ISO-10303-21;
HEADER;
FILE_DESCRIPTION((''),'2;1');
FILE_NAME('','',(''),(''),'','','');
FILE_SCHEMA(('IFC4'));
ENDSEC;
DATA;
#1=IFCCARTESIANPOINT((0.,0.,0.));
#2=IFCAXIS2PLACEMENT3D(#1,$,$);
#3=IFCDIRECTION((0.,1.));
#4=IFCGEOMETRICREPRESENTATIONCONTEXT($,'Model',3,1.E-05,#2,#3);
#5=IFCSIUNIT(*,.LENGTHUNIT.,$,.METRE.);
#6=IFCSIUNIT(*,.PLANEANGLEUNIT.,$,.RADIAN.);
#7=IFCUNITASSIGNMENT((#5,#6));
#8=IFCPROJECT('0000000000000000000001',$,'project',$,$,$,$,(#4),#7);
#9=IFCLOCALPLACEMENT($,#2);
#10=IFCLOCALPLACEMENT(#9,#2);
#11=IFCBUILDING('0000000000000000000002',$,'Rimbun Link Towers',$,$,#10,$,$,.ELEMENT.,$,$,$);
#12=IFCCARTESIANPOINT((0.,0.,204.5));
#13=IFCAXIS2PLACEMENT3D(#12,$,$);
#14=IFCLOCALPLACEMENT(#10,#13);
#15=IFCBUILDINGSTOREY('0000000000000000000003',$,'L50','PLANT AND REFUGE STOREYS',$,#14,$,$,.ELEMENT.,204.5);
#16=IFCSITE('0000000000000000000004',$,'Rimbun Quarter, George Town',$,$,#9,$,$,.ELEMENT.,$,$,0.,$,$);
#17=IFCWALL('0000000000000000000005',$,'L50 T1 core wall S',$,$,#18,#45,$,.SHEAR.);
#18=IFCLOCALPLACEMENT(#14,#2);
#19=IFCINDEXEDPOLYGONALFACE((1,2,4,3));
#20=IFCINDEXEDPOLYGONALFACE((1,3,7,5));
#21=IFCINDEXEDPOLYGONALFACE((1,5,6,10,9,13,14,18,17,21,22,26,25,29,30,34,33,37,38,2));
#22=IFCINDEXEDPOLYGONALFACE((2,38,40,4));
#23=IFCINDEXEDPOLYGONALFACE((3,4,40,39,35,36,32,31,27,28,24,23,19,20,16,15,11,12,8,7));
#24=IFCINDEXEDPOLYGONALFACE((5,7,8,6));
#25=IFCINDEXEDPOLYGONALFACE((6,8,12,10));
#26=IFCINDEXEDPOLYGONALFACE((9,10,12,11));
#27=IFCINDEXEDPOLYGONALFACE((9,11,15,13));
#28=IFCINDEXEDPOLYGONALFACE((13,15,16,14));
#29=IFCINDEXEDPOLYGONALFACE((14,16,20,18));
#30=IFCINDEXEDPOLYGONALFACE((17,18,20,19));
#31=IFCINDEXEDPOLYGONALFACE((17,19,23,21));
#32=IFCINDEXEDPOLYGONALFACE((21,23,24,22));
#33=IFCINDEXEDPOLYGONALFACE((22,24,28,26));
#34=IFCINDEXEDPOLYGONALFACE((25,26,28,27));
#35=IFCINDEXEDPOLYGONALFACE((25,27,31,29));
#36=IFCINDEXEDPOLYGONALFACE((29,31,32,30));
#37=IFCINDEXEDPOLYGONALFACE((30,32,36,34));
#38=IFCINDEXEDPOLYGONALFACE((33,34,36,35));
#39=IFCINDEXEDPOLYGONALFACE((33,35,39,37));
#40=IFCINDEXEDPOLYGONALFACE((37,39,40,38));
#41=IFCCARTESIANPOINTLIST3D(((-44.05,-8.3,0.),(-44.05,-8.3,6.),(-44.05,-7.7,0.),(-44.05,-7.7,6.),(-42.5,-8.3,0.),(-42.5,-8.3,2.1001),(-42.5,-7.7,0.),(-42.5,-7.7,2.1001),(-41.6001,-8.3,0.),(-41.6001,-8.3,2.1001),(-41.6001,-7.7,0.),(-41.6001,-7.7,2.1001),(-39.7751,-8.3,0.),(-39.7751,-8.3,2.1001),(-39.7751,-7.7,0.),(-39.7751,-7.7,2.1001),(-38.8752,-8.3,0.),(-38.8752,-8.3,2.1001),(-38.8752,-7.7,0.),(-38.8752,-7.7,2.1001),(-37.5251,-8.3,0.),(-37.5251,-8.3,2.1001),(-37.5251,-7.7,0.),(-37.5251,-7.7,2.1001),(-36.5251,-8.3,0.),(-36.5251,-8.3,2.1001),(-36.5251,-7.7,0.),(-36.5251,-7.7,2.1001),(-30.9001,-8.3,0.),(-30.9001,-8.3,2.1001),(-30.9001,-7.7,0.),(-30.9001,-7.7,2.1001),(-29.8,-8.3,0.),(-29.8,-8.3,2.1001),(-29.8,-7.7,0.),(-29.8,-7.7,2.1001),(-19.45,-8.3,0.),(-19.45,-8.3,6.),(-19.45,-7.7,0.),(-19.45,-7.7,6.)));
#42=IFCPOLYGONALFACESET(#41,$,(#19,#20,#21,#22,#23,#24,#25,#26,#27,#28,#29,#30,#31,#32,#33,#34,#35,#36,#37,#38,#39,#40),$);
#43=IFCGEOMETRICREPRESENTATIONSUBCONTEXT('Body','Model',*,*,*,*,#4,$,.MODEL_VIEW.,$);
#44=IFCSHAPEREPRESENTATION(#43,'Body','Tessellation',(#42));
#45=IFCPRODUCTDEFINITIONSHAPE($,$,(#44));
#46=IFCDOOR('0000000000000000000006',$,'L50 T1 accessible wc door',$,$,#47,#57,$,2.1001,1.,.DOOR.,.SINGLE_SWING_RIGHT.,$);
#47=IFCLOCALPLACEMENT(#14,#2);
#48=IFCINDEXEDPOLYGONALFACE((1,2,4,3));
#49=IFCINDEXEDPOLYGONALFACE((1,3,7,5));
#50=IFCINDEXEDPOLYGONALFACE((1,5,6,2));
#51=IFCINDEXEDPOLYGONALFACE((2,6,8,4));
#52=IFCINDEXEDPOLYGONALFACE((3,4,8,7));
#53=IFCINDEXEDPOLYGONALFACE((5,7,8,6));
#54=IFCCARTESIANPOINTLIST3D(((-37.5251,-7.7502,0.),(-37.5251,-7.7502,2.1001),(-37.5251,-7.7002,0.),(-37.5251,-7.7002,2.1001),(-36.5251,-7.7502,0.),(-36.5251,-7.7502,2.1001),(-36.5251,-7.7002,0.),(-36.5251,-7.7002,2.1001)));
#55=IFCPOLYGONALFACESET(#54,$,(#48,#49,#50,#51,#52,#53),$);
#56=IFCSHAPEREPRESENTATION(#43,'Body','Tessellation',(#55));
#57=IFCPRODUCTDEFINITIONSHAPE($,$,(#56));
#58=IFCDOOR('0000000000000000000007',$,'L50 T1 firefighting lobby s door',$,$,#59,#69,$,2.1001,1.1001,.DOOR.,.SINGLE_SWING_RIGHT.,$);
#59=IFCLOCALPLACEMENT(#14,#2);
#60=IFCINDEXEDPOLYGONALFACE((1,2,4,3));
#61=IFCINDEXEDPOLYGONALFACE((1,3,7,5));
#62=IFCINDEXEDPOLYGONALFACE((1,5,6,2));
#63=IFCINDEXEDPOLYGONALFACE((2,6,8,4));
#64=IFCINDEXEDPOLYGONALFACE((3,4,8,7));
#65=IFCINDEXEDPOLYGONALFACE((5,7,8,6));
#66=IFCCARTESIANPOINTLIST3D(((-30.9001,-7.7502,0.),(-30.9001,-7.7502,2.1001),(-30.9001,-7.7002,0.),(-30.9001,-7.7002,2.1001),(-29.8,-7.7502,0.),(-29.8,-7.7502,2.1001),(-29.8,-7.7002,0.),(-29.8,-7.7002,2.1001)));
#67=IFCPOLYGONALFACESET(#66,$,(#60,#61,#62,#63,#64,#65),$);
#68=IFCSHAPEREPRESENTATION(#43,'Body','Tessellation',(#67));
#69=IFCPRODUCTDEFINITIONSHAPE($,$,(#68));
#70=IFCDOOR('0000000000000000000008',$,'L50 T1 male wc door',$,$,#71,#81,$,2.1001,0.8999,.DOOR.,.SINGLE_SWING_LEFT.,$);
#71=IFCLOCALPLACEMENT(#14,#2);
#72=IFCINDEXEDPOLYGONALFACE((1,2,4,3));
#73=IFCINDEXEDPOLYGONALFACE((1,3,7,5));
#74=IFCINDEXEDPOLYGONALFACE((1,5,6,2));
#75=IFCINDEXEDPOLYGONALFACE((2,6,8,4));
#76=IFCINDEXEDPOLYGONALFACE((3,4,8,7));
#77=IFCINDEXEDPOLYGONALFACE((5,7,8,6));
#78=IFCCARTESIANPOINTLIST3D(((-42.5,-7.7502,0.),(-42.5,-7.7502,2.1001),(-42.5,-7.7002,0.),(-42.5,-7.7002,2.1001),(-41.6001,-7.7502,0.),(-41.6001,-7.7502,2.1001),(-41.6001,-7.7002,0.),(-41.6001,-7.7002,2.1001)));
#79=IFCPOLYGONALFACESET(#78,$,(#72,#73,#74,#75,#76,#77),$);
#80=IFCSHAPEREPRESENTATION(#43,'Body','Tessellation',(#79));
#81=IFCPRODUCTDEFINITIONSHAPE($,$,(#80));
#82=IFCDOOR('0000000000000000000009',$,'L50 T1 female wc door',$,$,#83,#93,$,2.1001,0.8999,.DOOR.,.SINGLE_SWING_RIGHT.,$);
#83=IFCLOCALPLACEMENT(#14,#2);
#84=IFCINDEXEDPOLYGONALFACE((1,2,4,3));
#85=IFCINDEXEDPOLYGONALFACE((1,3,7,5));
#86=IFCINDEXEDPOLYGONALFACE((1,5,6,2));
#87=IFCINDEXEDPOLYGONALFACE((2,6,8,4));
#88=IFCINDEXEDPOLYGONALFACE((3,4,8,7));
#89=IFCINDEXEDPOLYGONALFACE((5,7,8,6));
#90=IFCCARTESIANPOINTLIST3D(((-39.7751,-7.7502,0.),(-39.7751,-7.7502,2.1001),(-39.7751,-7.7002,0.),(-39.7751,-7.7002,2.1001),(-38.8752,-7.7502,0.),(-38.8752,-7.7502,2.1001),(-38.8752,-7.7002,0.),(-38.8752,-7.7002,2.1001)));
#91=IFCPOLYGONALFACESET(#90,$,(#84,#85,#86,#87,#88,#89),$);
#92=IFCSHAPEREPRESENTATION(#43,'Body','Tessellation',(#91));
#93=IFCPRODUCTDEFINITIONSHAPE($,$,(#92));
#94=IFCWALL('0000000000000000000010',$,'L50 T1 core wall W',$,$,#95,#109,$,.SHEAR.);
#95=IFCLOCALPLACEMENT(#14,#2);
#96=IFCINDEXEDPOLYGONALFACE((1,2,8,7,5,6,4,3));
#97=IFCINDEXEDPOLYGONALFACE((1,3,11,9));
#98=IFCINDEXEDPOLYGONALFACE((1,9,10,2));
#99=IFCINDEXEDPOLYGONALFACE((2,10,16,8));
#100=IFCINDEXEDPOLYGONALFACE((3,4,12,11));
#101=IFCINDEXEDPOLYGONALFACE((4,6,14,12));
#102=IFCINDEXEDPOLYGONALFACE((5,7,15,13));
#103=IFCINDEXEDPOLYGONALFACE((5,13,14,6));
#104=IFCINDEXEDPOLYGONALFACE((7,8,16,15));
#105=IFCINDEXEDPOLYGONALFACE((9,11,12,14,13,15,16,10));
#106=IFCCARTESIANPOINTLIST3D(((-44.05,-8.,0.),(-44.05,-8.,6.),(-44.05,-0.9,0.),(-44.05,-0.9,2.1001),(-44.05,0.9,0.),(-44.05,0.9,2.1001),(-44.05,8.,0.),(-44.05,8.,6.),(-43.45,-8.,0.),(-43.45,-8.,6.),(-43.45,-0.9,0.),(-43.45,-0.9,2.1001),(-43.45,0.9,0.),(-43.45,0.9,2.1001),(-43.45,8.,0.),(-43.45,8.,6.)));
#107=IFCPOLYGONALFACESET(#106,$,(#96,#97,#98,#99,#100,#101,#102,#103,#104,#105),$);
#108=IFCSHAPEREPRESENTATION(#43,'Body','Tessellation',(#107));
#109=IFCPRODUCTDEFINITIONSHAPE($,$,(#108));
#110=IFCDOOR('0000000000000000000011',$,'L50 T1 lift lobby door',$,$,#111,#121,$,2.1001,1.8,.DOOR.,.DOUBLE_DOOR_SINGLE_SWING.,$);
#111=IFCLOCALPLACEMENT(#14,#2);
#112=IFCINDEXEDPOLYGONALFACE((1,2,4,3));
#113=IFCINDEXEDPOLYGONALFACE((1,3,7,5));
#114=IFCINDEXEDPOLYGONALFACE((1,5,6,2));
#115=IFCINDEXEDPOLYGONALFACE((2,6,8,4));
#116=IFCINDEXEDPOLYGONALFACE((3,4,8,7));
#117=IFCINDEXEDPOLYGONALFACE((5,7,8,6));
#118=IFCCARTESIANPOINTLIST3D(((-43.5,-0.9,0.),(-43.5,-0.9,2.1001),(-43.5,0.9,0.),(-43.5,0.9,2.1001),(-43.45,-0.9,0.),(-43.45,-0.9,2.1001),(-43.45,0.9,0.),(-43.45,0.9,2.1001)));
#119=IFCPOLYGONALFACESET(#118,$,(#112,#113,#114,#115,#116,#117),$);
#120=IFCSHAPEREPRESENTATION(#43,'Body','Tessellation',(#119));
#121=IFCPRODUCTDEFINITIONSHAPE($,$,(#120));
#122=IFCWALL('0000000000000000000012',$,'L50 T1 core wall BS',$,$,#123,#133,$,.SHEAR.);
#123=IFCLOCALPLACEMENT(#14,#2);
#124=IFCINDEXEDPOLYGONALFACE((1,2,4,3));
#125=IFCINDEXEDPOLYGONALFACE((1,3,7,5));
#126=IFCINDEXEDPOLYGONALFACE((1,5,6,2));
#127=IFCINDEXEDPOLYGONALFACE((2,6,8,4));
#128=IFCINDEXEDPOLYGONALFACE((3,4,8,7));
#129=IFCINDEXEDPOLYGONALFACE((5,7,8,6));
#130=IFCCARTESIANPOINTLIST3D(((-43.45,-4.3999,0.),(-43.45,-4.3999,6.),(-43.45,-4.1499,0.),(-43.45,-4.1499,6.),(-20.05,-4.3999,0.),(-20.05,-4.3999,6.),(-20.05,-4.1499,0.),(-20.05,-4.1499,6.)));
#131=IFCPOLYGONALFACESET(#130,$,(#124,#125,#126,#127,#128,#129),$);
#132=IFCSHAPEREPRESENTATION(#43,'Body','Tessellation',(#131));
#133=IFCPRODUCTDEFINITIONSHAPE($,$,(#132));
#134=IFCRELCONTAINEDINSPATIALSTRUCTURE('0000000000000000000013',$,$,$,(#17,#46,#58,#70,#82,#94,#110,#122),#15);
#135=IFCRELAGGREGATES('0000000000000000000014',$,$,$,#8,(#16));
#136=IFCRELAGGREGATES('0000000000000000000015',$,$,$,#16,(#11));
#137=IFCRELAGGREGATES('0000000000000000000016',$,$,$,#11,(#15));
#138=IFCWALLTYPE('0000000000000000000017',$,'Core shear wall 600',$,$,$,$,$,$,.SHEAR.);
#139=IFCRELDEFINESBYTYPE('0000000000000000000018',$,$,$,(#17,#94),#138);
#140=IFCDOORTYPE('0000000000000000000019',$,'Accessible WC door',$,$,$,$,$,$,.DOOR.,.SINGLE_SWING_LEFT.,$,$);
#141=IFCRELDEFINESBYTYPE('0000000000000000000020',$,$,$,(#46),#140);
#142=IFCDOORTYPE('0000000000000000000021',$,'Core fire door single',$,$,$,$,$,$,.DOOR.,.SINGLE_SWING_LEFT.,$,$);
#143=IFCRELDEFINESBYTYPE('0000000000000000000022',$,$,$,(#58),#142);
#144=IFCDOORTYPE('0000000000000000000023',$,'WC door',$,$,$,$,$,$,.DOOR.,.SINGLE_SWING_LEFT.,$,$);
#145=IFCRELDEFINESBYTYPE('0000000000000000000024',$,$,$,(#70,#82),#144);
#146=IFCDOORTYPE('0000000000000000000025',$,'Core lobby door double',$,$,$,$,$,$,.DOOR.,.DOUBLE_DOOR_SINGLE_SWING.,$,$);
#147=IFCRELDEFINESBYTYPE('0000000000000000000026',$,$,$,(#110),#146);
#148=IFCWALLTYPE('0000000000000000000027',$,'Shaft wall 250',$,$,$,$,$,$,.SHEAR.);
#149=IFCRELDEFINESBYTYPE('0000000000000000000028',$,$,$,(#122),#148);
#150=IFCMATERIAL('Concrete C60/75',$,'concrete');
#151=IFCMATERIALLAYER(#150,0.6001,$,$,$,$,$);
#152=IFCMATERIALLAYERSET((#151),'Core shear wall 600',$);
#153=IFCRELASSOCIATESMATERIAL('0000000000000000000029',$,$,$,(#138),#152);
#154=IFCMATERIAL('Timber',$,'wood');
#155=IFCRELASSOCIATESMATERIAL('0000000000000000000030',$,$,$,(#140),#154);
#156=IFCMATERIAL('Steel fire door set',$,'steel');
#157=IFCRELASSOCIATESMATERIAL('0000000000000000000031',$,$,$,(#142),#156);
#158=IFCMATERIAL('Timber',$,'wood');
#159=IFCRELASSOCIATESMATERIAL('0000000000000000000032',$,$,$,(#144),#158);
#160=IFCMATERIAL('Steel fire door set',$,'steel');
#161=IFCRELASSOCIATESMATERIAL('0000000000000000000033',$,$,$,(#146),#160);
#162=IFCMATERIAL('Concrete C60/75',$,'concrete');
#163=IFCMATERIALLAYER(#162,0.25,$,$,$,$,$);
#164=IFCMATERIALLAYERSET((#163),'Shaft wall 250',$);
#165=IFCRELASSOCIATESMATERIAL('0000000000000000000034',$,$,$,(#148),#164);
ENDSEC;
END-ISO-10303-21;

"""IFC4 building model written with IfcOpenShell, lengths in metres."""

from ifc_helpers import new_model, si_unit, direction, frame, frame_2d, origin, place, context, subcontext, project, spatial, rectangle, extrude, material, layer, layer_set, type_object, element, fill, save


model = new_model("IFC4")

# Units and contexts
model_context = context("Model", 3, precision=1e-05, world=origin(), true_north=direction((0.0, 1.0)))
body_context = subcontext(model_context, "Body", "Model", "MODEL_VIEW")
ifc_project = project(units=[si_unit("LENGTHUNIT", "METRE"), si_unit("PLANEANGLEUNIT", "RADIAN")], contexts=[model_context])

# Site, building, storey
site_placement = place(None, origin())
site = spatial("IfcSite", under=ifc_project, at=site_placement, Name="Rimbun Quarter, George Town", CompositionType="ELEMENT", RefElevation=0.0)
building_placement = place(site_placement, origin())
building = spatial("IfcBuilding", under=site, at=building_placement, Name="Rimbun Link Towers", CompositionType="ELEMENT")
storey_placement = place(building_placement, frame((0.0, 0.0, 204.5)))
storey = spatial("IfcBuildingStorey", under=building, at=storey_placement, Name="L50", Description="PLANT AND REFUGE STOREYS", CompositionType="ELEMENT", Elevation=204.5)

# Wall, openings, doors
ifc_material_1 = material(Name="Concrete C60/75", Category="concrete")
ifc_layer_1 = layer(ifc_material_1, 0.6001)
ifc_layer_set_1 = layer_set([ifc_layer_1], Name="Core shear wall 600")
wall_type_1 = type_object("IfcWallType", Name="Core shear wall 600", PredefinedType="SHEAR", material=ifc_layer_set_1)
wall_1_placement = place(storey_placement, frame((-44.05, -8.0, 0.0), z_axis=(0.0, 0.0, 1.0), x_axis=(1.0, 0.0, 0.0)))
wall_1 = element("IfcWall", 1, at=wall_1_placement, inside=storey, type_object=wall_type_1, Name="L50 T1 core wall S", PredefinedType="SHEAR", context=body_context, shape_type="SweptSolid", body=[
    extrude(rectangle(XDim=24.6001, YDim=0.6001, at=frame_2d((12.3, 0.0))), origin(), (0.0, 0.0, 1.0), 6.0),
])
opening_1_placement = place(wall_1_placement, frame((13.1499, 0.0, 0.0)))
opening_1 = element("IfcOpeningElement", 2, at=opening_1_placement, cuts=wall_1, PredefinedType="OPENING", context=body_context, shape_type="SweptSolid", body=[
    extrude(rectangle(XDim=1.1001, YDim=2.1001, at=frame_2d((0.55, 1.05))), frame((0.0, 0.3101, 0.0), z_axis=(0.0, -1.0, 0.0), x_axis=(1.0, 0.0, 0.0)), (0.0, 0.0, 1.0), 0.6201),
])
opening_2_placement = place(wall_1_placement, frame((1.55, 0.0, 0.0)))
opening_2 = element("IfcOpeningElement", 3, at=opening_2_placement, cuts=wall_1, PredefinedType="OPENING", context=body_context, shape_type="SweptSolid", body=[
    extrude(rectangle(XDim=0.8999, YDim=2.1001, at=frame_2d((0.45, 1.05))), frame((0.0, 0.3101, 0.0), z_axis=(0.0, -1.0, 0.0), x_axis=(1.0, 0.0, 0.0)), (0.0, 0.0, 1.0), 0.6201),
])
opening_3_placement = place(wall_1_placement, frame((4.2749, 0.0, 0.0)))
opening_3 = element("IfcOpeningElement", 4, at=opening_3_placement, cuts=wall_1, PredefinedType="OPENING", context=body_context, shape_type="SweptSolid", body=[
    extrude(rectangle(XDim=0.8999, YDim=2.1001, at=frame_2d((0.45, 1.05))), frame((0.0, 0.3101, 0.0), z_axis=(0.0, -1.0, 0.0), x_axis=(1.0, 0.0, 0.0)), (0.0, 0.0, 1.0), 0.6201),
])
opening_4_placement = place(wall_1_placement, frame((6.5249, 0.0, 0.0)))
opening_4 = element("IfcOpeningElement", 5, at=opening_4_placement, cuts=wall_1, PredefinedType="OPENING", context=body_context, shape_type="SweptSolid", body=[
    extrude(rectangle(XDim=1.0, YDim=2.1001, at=frame_2d((0.5, 1.05))), frame((0.0, 0.3101, 0.0), z_axis=(0.0, -1.0, 0.0), x_axis=(1.0, 0.0, 0.0)), (0.0, 0.0, 1.0), 0.6201),
])
ifc_material_2 = material(Name="Timber", Category="wood")
door_type_1 = type_object("IfcDoorType", Name="Accessible WC door", OperationType="SINGLE_SWING_LEFT", PredefinedType="DOOR", material=ifc_material_2)
door_1_placement = place(opening_4_placement, origin())
door_1 = element("IfcDoor", 6, at=door_1_placement, inside=storey, type_object=door_type_1, Name="L50 T1 accessible wc door", OperationType="SINGLE_SWING_RIGHT", OverallHeight=2.1001, OverallWidth=1.0, PredefinedType="DOOR", context=body_context, shape_type="SweptSolid", body=[
    extrude(rectangle(XDim=1.0, YDim=2.1001, at=frame_2d((0.5, 1.05))), frame((0.0, 0.2998, 0.0), z_axis=(0.0, -1.0, 0.0), x_axis=(1.0, 0.0, 0.0)), (0.0, 0.0, 1.0), 0.05),
])
fill(opening_4, door_1)
ifc_material_3 = material(Name="Steel fire door set", Category="steel")
door_type_2 = type_object("IfcDoorType", Name="Core fire door single", OperationType="SINGLE_SWING_LEFT", PredefinedType="DOOR", material=ifc_material_3)
door_2_placement = place(opening_1_placement, origin())
door_2 = element("IfcDoor", 7, at=door_2_placement, inside=storey, type_object=door_type_2, Name="L50 T1 firefighting lobby s door", OperationType="SINGLE_SWING_RIGHT", OverallHeight=2.1001, OverallWidth=1.1001, PredefinedType="DOOR", context=body_context, shape_type="SweptSolid", body=[
    extrude(rectangle(XDim=1.1001, YDim=2.1001, at=frame_2d((0.55, 1.05))), frame((0.0, 0.2998, 0.0), z_axis=(0.0, -1.0, 0.0), x_axis=(1.0, 0.0, 0.0)), (0.0, 0.0, 1.0), 0.05),
])
fill(opening_1, door_2)
ifc_material_4 = material(Name="Timber", Category="wood")
door_type_3 = type_object("IfcDoorType", Name="WC door", OperationType="SINGLE_SWING_LEFT", PredefinedType="DOOR", material=ifc_material_4)
door_3_placement = place(opening_2_placement, origin())
door_3 = element("IfcDoor", 8, at=door_3_placement, inside=storey, type_object=door_type_3, Name="L50 T1 male wc door", OperationType="SINGLE_SWING_LEFT", OverallHeight=2.1001, OverallWidth=0.8999, PredefinedType="DOOR", context=body_context, shape_type="SweptSolid", body=[
    extrude(rectangle(XDim=0.8999, YDim=2.1001, at=frame_2d((0.45, 1.05))), frame((0.0, 0.2998, 0.0), z_axis=(0.0, -1.0, 0.0), x_axis=(1.0, 0.0, 0.0)), (0.0, 0.0, 1.0), 0.05),
])
fill(opening_2, door_3)
door_4_placement = place(opening_3_placement, origin())
door_4 = element("IfcDoor", 9, at=door_4_placement, inside=storey, type_object=door_type_3, Name="L50 T1 female wc door", OperationType="SINGLE_SWING_RIGHT", OverallHeight=2.1001, OverallWidth=0.8999, PredefinedType="DOOR", context=body_context, shape_type="SweptSolid", body=[
    extrude(rectangle(XDim=0.8999, YDim=2.1001, at=frame_2d((0.45, 1.05))), frame((0.0, 0.2998, 0.0), z_axis=(0.0, -1.0, 0.0), x_axis=(1.0, 0.0, 0.0)), (0.0, 0.0, 1.0), 0.05),
])
fill(opening_3, door_4)

# Wall, opening, door
wall_2_placement = place(storey_placement, frame((-43.75, -8.0, 0.0), z_axis=(0.0, 0.0, 1.0), x_axis=(0.0, 1.0, 0.0)))
wall_2 = element("IfcWall", 10, at=wall_2_placement, inside=storey, type_object=wall_type_1, Name="L50 T1 core wall W", PredefinedType="SHEAR", context=body_context, shape_type="SweptSolid", body=[
    extrude(rectangle(XDim=16.0, YDim=0.6001, at=frame_2d((8.0, 0.0))), origin(), (0.0, 0.0, 1.0), 6.0),
])
opening_5_placement = place(wall_2_placement, frame((7.1001, 0.0, 0.0)))
opening_5 = element("IfcOpeningElement", 11, at=opening_5_placement, cuts=wall_2, PredefinedType="OPENING", context=body_context, shape_type="SweptSolid", body=[
    extrude(rectangle(XDim=1.8, YDim=2.1001, at=frame_2d((0.8999, 1.05))), frame((0.0, 0.3101, 0.0), z_axis=(0.0, -1.0, 0.0), x_axis=(1.0, 0.0, 0.0)), (0.0, 0.0, 1.0), 0.6201),
])
ifc_material_5 = material(Name="Steel fire door set", Category="steel")
door_type_4 = type_object("IfcDoorType", Name="Core lobby door double", OperationType="DOUBLE_DOOR_SINGLE_SWING", PredefinedType="DOOR", material=ifc_material_5)
door_5_placement = place(opening_5_placement, origin())
door_5 = element("IfcDoor", 12, at=door_5_placement, inside=storey, type_object=door_type_4, Name="L50 T1 lift lobby door", OperationType="DOUBLE_DOOR_SINGLE_SWING", OverallHeight=2.1001, OverallWidth=1.8, PredefinedType="DOOR", context=body_context, shape_type="SweptSolid", body=[
    extrude(rectangle(XDim=1.8, YDim=2.1001, at=frame_2d((0.8999, 1.05))), frame((0.0, -0.25, 0.0), z_axis=(0.0, -1.0, 0.0), x_axis=(1.0, 0.0, 0.0)), (0.0, 0.0, 1.0), 0.05),
])
fill(opening_5, door_5)

# Wall
ifc_material_6 = material(Name="Concrete C60/75", Category="concrete")
ifc_layer_2 = layer(ifc_material_6, 0.25)
ifc_layer_set_2 = layer_set([ifc_layer_2], Name="Shaft wall 250")
wall_type_2 = type_object("IfcWallType", Name="Shaft wall 250", PredefinedType="SHEAR", material=ifc_layer_set_2)
wall_3_placement = place(storey_placement, frame((-43.45, -4.2749, 0.0), z_axis=(0.0, 0.0, 1.0), x_axis=(1.0, 0.0, 0.0)))
element("IfcWall", 13, at=wall_3_placement, inside=storey, type_object=wall_type_2, Name="L50 T1 core wall BS", PredefinedType="SHEAR", context=body_context, shape_type="SweptSolid", body=[
    extrude(rectangle(XDim=23.3999, YDim=0.25, at=frame_2d((11.7, 0.0))), origin(), (0.0, 0.0, 1.0), 6.0),
])

save(model, "model.ifc")
